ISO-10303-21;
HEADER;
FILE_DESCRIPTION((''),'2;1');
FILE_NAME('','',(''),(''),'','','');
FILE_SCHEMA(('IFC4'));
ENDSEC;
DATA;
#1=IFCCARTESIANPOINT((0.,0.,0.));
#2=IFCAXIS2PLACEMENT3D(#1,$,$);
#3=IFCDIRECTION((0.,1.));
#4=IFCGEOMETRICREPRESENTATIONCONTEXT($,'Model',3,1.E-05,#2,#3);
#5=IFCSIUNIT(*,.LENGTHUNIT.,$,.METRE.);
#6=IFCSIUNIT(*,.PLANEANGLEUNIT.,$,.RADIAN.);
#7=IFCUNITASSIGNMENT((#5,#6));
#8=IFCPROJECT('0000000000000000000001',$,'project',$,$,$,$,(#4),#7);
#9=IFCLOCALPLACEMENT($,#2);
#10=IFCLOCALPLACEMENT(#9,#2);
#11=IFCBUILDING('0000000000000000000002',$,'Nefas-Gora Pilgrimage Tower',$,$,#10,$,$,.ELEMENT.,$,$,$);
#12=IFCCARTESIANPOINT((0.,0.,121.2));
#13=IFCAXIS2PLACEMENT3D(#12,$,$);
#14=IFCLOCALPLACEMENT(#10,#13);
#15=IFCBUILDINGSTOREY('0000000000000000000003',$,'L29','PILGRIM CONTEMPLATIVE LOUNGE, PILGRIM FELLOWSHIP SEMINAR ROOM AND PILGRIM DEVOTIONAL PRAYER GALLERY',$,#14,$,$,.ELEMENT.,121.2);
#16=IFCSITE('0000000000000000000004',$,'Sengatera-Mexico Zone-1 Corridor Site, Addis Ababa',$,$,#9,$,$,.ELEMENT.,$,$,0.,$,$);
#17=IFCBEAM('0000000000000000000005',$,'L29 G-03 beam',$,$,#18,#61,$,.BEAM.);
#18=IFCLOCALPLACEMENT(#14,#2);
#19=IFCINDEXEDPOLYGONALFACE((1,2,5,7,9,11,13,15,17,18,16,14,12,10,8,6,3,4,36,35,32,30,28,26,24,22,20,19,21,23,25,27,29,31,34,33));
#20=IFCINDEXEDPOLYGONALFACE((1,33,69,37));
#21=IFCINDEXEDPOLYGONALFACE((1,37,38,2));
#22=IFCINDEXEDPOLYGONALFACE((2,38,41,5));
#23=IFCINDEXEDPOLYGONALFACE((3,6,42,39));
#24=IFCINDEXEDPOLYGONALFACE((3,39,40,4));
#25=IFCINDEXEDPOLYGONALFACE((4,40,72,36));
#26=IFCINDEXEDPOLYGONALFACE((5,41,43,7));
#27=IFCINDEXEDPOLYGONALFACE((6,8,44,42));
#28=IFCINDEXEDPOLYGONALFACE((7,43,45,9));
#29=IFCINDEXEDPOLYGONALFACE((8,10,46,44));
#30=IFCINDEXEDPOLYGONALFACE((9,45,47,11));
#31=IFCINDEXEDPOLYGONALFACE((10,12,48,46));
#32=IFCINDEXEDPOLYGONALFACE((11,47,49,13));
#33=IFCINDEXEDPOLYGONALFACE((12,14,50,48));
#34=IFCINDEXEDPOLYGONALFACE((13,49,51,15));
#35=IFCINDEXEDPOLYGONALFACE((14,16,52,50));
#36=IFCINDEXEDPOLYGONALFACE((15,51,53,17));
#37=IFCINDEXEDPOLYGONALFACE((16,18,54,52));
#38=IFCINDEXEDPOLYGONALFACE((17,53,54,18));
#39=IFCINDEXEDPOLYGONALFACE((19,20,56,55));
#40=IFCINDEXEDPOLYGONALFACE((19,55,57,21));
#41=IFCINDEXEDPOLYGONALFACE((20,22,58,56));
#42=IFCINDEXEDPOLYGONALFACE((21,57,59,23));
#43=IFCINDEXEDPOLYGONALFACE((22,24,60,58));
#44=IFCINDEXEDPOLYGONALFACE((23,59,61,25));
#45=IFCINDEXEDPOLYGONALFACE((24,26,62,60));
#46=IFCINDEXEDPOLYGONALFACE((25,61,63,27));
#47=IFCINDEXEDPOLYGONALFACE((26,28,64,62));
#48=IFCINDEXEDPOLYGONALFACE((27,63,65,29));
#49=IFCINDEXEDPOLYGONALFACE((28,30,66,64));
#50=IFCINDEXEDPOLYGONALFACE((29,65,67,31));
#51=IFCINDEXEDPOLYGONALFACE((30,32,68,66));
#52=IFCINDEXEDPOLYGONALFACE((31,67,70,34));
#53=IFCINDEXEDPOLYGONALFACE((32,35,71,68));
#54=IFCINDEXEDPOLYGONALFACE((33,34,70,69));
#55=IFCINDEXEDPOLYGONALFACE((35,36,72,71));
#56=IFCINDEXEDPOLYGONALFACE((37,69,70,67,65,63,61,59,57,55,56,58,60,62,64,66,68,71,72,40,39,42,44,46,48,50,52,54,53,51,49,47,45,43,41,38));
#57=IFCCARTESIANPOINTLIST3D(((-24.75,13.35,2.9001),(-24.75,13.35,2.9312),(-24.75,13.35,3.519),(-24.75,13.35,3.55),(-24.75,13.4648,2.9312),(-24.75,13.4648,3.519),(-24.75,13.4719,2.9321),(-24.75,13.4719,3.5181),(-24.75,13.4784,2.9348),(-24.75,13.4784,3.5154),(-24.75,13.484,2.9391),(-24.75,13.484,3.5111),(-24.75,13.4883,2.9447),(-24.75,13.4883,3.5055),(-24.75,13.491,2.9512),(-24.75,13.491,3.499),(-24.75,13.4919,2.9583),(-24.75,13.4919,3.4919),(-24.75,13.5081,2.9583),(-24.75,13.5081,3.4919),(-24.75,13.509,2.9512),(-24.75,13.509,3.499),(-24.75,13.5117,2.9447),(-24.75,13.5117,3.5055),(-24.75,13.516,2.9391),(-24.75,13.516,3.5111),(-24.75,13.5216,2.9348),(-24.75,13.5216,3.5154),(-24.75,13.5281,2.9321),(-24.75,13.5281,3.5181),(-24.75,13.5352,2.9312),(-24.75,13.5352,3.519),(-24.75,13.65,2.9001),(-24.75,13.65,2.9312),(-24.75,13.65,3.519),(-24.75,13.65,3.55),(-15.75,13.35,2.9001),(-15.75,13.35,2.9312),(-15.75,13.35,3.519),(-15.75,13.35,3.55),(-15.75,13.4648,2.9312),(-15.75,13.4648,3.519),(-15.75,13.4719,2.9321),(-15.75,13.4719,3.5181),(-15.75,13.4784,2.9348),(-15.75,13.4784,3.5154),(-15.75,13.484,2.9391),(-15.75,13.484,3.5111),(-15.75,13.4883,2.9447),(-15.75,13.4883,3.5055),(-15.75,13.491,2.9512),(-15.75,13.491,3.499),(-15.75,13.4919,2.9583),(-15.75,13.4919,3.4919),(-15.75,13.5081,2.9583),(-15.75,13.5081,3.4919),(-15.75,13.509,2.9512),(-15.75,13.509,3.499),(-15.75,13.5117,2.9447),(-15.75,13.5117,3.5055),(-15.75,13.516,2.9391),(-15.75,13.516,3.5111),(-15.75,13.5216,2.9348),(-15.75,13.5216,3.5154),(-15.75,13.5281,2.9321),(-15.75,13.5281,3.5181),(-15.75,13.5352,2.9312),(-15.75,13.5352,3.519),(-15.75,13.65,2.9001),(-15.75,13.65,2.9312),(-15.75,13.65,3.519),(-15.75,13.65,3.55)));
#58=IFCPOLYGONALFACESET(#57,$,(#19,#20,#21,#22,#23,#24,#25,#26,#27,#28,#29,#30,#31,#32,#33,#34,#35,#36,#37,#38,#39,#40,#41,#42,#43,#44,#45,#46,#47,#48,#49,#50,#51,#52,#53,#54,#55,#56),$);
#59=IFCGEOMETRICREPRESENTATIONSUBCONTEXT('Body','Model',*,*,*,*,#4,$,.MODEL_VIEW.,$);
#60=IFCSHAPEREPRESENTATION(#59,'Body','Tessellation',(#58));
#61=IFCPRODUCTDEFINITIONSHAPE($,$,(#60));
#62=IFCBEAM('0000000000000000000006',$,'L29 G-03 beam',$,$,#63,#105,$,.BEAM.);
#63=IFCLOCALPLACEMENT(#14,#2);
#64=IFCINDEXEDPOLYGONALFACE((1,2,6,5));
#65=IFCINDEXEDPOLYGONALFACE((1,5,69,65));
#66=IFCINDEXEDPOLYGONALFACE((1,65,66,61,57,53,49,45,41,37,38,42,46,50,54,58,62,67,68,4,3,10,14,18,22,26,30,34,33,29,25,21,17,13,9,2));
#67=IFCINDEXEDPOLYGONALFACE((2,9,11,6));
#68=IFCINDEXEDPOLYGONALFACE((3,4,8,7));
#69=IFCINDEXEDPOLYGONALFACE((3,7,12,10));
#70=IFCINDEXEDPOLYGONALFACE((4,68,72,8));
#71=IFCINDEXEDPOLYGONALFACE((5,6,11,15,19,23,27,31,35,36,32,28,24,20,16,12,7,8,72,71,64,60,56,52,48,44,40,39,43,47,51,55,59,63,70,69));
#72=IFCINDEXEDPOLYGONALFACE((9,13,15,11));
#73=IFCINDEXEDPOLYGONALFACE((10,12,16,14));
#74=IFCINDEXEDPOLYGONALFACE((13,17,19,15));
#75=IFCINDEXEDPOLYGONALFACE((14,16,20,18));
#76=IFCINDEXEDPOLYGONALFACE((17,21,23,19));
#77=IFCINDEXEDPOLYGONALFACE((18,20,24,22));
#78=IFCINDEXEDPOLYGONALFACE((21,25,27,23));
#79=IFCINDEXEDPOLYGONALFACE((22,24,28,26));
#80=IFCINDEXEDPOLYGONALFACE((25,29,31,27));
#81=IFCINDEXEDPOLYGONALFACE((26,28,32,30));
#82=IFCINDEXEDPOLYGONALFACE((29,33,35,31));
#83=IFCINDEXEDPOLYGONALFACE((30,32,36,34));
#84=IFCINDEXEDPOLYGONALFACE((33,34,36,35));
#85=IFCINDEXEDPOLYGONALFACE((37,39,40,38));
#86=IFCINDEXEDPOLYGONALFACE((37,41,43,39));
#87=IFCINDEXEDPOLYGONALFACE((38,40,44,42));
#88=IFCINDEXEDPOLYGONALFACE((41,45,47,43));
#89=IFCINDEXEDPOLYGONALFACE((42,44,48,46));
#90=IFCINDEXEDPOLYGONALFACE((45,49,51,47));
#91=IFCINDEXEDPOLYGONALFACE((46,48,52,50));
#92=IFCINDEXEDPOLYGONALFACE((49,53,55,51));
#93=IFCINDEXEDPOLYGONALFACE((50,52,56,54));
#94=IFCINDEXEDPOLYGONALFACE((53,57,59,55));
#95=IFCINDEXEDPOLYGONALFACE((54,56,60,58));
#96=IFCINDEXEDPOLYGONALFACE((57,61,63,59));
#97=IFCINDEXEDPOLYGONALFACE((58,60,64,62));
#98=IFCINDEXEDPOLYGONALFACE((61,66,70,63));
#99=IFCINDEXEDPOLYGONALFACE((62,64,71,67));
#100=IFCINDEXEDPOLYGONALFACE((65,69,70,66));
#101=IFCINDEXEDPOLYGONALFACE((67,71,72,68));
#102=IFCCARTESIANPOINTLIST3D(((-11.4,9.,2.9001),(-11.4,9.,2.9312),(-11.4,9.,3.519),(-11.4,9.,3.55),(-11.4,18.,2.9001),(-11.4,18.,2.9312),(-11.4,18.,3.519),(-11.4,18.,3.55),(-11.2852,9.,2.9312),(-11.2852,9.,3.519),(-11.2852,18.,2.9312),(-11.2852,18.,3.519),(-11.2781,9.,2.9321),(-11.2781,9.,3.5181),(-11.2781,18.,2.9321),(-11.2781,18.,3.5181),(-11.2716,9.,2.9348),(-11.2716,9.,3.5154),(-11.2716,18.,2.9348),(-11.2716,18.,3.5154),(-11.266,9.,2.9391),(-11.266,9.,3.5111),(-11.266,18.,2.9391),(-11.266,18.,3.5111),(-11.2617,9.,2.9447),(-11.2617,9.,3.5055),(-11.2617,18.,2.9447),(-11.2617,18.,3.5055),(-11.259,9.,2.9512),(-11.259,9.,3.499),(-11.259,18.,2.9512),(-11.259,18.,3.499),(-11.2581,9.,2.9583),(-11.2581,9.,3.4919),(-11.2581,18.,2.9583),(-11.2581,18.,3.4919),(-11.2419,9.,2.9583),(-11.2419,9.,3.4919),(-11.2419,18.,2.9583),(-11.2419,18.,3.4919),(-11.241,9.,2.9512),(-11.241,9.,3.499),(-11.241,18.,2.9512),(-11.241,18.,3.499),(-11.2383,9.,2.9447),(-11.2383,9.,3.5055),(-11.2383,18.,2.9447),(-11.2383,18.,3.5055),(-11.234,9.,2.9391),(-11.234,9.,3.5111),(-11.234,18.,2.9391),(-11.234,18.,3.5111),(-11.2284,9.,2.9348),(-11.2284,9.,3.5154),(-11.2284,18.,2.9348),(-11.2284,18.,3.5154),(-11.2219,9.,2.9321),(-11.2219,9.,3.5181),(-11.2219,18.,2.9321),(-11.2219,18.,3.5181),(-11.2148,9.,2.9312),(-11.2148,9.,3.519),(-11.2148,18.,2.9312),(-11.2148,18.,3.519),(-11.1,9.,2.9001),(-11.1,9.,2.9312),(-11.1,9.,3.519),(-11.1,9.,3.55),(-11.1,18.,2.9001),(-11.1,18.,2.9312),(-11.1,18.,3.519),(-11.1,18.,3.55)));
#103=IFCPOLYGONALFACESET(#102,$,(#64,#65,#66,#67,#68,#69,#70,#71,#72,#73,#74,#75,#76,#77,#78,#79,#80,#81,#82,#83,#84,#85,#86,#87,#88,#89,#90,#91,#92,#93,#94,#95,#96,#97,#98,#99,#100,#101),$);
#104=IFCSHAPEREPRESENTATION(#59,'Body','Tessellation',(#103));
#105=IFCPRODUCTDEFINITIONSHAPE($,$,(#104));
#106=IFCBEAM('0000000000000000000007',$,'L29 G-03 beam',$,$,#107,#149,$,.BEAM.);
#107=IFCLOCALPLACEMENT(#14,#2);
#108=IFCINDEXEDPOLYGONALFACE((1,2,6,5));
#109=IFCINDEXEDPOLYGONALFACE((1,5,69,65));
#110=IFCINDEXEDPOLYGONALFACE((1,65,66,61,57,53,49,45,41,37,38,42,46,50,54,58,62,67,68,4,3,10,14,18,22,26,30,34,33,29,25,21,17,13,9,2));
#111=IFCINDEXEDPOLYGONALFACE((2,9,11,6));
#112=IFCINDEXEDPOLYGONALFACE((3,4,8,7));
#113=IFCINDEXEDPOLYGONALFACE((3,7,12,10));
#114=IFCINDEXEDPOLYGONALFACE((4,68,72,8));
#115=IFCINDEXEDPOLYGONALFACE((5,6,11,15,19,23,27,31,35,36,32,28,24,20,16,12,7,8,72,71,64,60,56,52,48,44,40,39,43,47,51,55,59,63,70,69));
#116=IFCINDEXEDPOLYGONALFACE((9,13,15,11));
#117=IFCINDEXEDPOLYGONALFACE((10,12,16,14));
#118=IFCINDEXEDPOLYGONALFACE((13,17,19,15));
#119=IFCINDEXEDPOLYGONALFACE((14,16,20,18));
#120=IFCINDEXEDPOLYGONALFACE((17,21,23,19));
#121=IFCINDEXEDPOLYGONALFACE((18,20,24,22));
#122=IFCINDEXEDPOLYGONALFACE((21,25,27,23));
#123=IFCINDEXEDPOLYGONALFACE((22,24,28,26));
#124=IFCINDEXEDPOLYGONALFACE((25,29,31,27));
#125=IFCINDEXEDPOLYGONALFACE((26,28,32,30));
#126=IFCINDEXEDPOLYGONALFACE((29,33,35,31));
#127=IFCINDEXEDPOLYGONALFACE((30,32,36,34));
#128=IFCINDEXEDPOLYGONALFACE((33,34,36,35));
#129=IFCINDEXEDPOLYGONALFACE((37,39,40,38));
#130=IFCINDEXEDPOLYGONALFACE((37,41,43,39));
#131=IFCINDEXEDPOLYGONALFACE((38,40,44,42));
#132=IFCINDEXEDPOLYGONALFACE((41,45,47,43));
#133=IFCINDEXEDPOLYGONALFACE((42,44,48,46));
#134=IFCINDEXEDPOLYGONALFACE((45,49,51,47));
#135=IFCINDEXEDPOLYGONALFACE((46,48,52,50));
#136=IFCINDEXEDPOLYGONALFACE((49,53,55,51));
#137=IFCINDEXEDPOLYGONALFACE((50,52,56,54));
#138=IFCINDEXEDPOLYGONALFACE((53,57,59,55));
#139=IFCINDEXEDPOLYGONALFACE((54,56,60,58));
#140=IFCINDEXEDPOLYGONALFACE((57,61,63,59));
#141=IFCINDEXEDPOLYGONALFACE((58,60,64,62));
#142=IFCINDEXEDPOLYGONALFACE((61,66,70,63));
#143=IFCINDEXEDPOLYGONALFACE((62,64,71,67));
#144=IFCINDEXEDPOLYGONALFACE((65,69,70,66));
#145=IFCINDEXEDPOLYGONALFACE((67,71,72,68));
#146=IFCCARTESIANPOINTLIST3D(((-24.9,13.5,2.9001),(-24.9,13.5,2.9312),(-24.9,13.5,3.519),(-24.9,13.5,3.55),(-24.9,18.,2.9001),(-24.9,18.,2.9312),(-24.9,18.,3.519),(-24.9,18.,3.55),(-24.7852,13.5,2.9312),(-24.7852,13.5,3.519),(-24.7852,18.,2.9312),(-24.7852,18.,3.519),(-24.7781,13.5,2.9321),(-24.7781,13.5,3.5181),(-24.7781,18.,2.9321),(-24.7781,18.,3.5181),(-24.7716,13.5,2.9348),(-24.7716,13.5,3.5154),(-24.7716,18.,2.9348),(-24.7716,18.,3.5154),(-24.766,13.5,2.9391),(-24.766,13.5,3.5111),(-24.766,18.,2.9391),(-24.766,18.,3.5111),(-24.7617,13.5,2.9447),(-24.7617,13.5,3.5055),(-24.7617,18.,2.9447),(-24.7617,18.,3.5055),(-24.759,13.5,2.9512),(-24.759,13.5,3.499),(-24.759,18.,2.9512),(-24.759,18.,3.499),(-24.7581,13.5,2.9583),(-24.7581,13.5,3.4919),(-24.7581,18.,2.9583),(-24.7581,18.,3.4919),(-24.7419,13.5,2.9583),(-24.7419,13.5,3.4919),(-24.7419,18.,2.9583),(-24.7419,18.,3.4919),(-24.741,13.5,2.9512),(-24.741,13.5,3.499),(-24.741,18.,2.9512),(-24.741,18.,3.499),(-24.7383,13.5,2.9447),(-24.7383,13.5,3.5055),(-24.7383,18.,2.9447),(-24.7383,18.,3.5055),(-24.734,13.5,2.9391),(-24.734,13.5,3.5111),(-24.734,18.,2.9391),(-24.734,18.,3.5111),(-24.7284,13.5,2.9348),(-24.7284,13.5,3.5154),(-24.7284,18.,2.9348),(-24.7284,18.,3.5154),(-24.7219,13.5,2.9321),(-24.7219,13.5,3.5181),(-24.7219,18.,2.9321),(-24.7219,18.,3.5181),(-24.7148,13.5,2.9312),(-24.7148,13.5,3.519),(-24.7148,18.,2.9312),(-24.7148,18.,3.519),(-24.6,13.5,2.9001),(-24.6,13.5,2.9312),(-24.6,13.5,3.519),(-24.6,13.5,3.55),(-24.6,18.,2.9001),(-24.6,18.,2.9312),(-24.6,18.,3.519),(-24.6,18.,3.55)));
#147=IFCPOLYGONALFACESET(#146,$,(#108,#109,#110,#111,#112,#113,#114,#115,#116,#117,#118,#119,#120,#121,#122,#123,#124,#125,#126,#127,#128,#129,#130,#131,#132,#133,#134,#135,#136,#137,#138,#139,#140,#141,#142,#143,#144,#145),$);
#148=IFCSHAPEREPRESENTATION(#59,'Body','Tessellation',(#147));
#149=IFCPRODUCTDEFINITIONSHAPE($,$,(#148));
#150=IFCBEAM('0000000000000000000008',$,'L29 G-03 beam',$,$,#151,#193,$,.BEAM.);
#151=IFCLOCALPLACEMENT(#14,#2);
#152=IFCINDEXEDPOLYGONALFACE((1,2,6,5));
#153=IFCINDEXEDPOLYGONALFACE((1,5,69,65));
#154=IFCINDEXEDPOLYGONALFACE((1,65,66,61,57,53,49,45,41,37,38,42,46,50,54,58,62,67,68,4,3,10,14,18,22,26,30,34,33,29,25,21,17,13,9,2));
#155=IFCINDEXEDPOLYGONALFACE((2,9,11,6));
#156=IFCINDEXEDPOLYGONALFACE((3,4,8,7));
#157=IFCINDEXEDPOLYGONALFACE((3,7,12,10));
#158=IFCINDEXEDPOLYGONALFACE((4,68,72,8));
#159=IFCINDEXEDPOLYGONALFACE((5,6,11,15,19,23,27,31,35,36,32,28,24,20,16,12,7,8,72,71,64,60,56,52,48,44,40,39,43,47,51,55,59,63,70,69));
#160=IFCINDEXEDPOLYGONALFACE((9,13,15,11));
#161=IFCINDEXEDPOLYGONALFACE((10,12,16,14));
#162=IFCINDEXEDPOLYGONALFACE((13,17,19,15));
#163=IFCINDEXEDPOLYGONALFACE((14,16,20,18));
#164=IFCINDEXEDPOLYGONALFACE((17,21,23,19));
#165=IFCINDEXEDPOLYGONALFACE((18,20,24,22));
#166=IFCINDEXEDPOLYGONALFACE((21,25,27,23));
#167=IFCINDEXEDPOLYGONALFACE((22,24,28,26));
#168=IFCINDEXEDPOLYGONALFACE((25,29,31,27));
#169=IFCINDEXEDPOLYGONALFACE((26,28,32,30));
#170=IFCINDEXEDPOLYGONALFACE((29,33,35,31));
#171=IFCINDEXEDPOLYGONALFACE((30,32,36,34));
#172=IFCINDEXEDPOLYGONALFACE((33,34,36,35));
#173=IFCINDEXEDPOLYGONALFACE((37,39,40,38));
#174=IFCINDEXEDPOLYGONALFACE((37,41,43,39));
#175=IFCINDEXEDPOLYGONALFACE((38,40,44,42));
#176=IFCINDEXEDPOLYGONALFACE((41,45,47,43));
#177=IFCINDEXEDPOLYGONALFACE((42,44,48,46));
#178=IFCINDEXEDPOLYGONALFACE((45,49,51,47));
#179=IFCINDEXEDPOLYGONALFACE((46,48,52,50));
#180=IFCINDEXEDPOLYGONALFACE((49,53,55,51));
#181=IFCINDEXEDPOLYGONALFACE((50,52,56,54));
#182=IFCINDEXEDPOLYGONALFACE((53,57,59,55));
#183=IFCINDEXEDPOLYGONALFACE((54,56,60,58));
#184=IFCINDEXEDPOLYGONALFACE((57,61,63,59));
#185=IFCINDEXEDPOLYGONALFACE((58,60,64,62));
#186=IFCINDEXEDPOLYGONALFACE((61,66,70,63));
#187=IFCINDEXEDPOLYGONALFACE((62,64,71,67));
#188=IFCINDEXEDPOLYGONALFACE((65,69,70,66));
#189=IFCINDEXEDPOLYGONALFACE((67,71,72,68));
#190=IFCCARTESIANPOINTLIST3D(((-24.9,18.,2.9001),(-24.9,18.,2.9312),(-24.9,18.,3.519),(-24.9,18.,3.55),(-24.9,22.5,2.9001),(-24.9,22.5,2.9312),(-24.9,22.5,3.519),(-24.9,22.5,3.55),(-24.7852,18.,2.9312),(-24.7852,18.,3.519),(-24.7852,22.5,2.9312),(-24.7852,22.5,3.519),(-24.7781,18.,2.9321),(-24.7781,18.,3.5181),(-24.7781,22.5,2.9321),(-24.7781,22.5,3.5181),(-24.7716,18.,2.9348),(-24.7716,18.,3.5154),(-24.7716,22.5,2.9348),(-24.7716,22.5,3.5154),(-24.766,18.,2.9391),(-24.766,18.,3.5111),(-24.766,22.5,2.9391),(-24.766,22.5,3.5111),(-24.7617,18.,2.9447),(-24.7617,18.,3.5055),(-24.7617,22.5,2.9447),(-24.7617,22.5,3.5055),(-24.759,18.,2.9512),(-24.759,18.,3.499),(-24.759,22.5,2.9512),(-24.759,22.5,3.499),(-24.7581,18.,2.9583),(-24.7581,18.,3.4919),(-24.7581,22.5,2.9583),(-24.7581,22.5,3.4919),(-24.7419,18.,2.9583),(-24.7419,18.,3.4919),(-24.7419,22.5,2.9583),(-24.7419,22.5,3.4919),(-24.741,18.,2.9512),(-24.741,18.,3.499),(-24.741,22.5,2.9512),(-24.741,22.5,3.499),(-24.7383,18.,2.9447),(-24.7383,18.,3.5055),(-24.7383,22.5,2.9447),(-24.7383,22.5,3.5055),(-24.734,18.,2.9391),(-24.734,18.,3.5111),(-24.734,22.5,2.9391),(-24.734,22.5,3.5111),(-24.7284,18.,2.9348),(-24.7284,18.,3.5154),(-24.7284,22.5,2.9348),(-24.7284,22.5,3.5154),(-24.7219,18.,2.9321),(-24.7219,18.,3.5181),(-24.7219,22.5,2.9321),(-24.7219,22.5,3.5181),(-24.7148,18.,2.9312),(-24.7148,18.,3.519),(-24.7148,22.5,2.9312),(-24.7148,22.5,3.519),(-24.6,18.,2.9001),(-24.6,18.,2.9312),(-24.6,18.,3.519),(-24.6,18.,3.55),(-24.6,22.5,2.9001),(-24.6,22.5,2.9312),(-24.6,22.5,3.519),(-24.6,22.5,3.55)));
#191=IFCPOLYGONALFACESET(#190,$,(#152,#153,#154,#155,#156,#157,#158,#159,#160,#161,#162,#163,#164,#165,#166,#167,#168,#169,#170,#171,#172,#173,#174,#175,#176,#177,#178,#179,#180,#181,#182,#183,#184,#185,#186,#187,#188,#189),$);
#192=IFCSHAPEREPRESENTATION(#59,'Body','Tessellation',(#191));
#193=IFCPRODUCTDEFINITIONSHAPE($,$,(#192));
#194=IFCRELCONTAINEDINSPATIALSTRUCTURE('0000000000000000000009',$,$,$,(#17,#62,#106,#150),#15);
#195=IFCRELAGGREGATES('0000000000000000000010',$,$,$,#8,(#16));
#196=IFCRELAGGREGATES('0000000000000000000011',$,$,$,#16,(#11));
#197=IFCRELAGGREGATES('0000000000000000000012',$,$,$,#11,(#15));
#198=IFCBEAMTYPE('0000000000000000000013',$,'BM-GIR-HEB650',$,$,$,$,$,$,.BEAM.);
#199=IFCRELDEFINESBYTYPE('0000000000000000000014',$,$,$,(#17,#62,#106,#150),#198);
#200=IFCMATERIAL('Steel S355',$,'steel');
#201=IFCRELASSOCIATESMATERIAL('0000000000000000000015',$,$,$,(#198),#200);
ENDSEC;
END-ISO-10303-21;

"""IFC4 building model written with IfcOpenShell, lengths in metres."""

from ifc_helpers import new_model, si_unit, direction, frame, origin, origin_2d, place, context, subcontext, project, spatial, i_section, extrude, source, transform, mapped, material, material_profile, profile_set, type_object, element, save


model = new_model("IFC4")

# Units and contexts
model_context = context("Model", 3, precision=1e-05, world=origin(), true_north=direction((0.0, 1.0)))
body_context = subcontext(model_context, "Body", "Model", "MODEL_VIEW")
ifc_project = project(units=[si_unit("LENGTHUNIT", "METRE"), si_unit("PLANEANGLEUNIT", "RADIAN")], contexts=[model_context])

# Site, building, storey
site_placement = place(None, origin())
site = spatial("IfcSite", under=ifc_project, at=site_placement, Name="Sengatera-Mexico Zone-1 Corridor Site, Addis Ababa", CompositionType="ELEMENT", RefElevation=0.0)
building_placement = place(site_placement, origin())
building = spatial("IfcBuilding", under=site, at=building_placement, Name="Nefas-Gora Pilgrimage Tower", CompositionType="ELEMENT")
storey_placement = place(building_placement, frame((0.0, 0.0, 121.2)))
storey = spatial("IfcBuildingStorey", under=building, at=storey_placement, Name="L29", Description="PILGRIM CONTEMPLATIVE LOUNGE, PILGRIM FELLOWSHIP SEMINAR ROOM AND PILGRIM DEVOTIONAL PRAYER GALLERY", CompositionType="ELEMENT", Elevation=121.2)

# Beams
ifc_material_1 = material(Name="Steel S355", Category="steel")
ifc_material_profile_1 = material_profile(ifc_material_1, i_section(OverallWidth=0.3, OverallDepth=0.6499, WebThickness=0.0161, FlangeThickness=0.031, FilletRadius=0.0271, at=origin_2d()), Name="HEB 650")
ifc_profile_set_1 = profile_set([ifc_material_profile_1], Name="Steel S355")
beam_type_1 = type_object("IfcBeamType", Name="BM-GIR-HEB650", PredefinedType="BEAM", material=ifc_profile_set_1)
shared_shape_1 = source(origin(), body_context, "Body", "SweptSolid", [
    extrude(i_section(OverallWidth=0.3, OverallDepth=0.6499, WebThickness=0.0161, FlangeThickness=0.031, FilletRadius=0.0271, at=origin_2d()), origin(), (0.0, 0.0, 1.0), 9.0),
])
for number, where, z_axis, x_axis, name in (
    (1, (-24.75, 13.5, 3.2251), (1.0, 0.0, 0.0), (0.0, 1.0, 0.0), "L29 G-03 beam"),
    (2, (-11.25, 9.0, 3.2251), (0.0, 1.0, 0.0), (-1.0, 0.0, 0.0), "L29 G-03 beam"),
):
    element("IfcBeam", number, at=place(storey_placement, frame(where, z_axis=z_axis, x_axis=x_axis)), inside=storey, type_object=beam_type_1, Name=name, PredefinedType="BEAM", context=body_context, shape_type="MappedRepresentation", body=[
        mapped(shared_shape_1, transform((0.0, 0.0, 0.0), x_axis=(1.0, 0.0, 0.0), y_axis=(0.0, 1.0, 0.0), z_axis=(0.0, 0.0, 1.0), scale=1.0)),
    ])
shared_shape_2 = source(origin(), body_context, "Body", "SweptSolid", [
    extrude(i_section(OverallWidth=0.3, OverallDepth=0.6499, WebThickness=0.0161, FlangeThickness=0.031, FilletRadius=0.0271, at=origin_2d()), origin(), (0.0, 0.0, 1.0), 4.5),
])
for number, where, z_axis, x_axis, name in (
    (3, (-24.75, 13.5, 3.2251), (0.0, 1.0, 0.0), (-1.0, 0.0, 0.0), "L29 G-03 beam"),
    (4, (-24.75, 18.0, 3.2251), (0.0, 1.0, 0.0), (-1.0, 0.0, 0.0), "L29 G-03 beam"),
):
    element("IfcBeam", number, at=place(storey_placement, frame(where, z_axis=z_axis, x_axis=x_axis)), inside=storey, type_object=beam_type_1, Name=name, PredefinedType="BEAM", context=body_context, shape_type="MappedRepresentation", body=[
        mapped(shared_shape_2, transform((0.0, 0.0, 0.0), x_axis=(1.0, 0.0, 0.0), y_axis=(0.0, 1.0, 0.0), z_axis=(0.0, 0.0, 1.0), scale=1.0)),
    ])

save(model, "model.ifc")
